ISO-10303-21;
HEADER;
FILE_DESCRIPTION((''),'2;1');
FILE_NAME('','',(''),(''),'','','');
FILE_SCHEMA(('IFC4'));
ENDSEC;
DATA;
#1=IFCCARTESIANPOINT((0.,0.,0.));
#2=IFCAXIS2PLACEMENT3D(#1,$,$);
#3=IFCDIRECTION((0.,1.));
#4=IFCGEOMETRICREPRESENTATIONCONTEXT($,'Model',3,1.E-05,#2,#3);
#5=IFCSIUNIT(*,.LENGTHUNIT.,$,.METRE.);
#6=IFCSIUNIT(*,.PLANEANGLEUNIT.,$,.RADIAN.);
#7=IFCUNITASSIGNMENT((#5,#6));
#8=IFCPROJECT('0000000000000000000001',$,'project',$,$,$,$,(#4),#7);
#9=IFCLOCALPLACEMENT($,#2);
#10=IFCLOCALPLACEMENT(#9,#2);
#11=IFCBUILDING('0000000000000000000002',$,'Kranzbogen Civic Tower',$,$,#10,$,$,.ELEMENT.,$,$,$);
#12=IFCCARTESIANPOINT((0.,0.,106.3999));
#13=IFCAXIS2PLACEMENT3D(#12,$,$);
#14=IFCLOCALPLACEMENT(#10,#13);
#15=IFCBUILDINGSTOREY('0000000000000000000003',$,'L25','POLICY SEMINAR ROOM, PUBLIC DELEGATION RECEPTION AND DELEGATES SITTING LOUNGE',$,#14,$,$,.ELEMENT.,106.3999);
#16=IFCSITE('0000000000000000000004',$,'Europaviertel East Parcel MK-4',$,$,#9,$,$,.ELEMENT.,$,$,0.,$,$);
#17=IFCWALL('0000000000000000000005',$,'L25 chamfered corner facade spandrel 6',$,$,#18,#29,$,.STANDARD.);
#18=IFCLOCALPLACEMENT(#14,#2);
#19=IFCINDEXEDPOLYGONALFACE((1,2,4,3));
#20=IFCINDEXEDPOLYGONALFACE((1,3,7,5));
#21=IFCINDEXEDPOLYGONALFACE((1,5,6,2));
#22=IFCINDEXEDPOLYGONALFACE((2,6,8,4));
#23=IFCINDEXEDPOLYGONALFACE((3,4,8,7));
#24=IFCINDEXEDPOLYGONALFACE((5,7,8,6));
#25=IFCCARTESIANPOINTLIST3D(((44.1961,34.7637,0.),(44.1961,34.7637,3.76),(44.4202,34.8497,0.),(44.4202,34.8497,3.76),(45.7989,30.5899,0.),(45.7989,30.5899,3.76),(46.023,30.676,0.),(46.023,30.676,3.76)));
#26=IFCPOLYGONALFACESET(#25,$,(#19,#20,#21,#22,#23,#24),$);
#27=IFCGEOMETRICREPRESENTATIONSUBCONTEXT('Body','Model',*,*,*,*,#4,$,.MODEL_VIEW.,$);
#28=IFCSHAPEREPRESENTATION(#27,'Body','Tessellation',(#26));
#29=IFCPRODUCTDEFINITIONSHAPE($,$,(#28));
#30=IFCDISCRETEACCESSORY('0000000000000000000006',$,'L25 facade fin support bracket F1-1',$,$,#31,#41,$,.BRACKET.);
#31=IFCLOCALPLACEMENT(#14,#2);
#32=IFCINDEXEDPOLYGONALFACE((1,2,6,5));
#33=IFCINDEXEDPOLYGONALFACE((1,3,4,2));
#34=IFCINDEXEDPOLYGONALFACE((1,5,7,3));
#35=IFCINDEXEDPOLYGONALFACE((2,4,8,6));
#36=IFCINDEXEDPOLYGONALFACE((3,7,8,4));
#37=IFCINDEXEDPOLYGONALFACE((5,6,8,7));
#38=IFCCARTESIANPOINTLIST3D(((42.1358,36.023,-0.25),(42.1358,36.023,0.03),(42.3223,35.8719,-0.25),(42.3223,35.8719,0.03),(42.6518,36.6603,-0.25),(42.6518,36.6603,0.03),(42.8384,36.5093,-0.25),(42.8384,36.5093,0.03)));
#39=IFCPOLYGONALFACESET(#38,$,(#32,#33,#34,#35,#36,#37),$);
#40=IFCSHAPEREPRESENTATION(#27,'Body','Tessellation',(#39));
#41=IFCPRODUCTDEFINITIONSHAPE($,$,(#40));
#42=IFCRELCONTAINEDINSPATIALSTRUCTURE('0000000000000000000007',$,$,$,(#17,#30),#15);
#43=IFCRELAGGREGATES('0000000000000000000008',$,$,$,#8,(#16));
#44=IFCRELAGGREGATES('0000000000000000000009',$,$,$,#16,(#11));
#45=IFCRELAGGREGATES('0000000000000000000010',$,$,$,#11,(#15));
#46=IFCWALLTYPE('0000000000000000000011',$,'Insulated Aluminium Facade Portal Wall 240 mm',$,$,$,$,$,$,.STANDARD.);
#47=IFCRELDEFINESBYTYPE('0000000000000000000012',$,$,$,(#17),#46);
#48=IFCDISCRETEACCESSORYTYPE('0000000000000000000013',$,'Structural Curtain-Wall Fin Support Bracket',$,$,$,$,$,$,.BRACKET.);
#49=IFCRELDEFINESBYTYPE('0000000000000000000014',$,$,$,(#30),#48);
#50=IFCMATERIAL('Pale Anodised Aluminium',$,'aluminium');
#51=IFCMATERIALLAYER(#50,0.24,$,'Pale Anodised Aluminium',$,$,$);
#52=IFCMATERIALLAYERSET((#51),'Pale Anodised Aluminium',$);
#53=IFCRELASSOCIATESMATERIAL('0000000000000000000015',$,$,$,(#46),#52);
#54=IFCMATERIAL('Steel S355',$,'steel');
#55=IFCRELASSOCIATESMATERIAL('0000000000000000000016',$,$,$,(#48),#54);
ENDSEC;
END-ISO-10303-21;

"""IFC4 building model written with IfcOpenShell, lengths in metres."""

from ifc_helpers import new_model, si_unit, direction, frame, frame_2d, origin, origin_2d, place, context, subcontext, project, spatial, rectangle, extrude, material, layer, layer_set, type_object, element, save


model = new_model("IFC4")

# Units and contexts
model_context = context("Model", 3, precision=1e-05, world=origin(), true_north=direction((0.0, 1.0)))
body_context = subcontext(model_context, "Body", "Model", "MODEL_VIEW")
ifc_project = project(units=[si_unit("LENGTHUNIT", "METRE"), si_unit("PLANEANGLEUNIT", "RADIAN")], contexts=[model_context])

# Site, building, storey
site_placement = place(None, origin())
site = spatial("IfcSite", under=ifc_project, at=site_placement, Name="Europaviertel East Parcel MK-4", CompositionType="ELEMENT", RefElevation=0.0)
building_placement = place(site_placement, origin())
building = spatial("IfcBuilding", under=site, at=building_placement, Name="Kranzbogen Civic Tower", CompositionType="ELEMENT")
storey_placement = place(building_placement, frame((0.0, 0.0, 106.3999)))
storey = spatial("IfcBuildingStorey", under=building, at=storey_placement, Name="L25", Description="POLICY SEMINAR ROOM, PUBLIC DELEGATION RECEPTION AND DELEGATES SITTING LOUNGE", CompositionType="ELEMENT", Elevation=106.3999)

# Shared definitions
ifc_material_1 = material(Name="Pale Anodised Aluminium", Category="aluminium")

# Shared definitions
ifc_material_2 = material(Name="Steel S355", Category="steel")

# Wall
ifc_layer_1 = layer(ifc_material_1, 0.24, Name="Pale Anodised Aluminium")
ifc_layer_set_1 = layer_set([ifc_layer_1], Name="Pale Anodised Aluminium")
wall_type_1 = type_object("IfcWallType", Name="Insulated Aluminium Facade Portal Wall 240 mm", PredefinedType="STANDARD", material=ifc_layer_set_1)
wall_1_placement = place(storey_placement, frame((45.9109, 30.6331, 0.0), z_axis=(0.0, 0.0, 1.0), x_axis=(-0.358485, 0.933535, 0.0)))
element("IfcWall", 1, at=wall_1_placement, inside=storey, type_object=wall_type_1, Name="L25 chamfered corner facade spandrel 6", PredefinedType="STANDARD", context=body_context, shape_type="SweptSolid", body=[
    extrude(rectangle(XDim=4.4709, YDim=0.24, at=frame_2d((2.2354, 0.0))), origin(), (0.0, 0.0, 1.0), 3.76),
])

# Discrete accessory
discrete_accessory_type = type_object("IfcDiscreteAccessoryType", Name="Structural Curtain-Wall Fin Support Bracket", PredefinedType="BRACKET", material=ifc_material_2)
discrete_accessory_placement = place(storey_placement, frame((42.4871, 36.2661, -0.25), z_axis=(0.0, 0.0, 1.0), x_axis=(0.62932, 0.777146, 0.0)))
element("IfcDiscreteAccessory", 2, at=discrete_accessory_placement, inside=storey, type_object=discrete_accessory_type, Name="L25 facade fin support bracket F1-1", PredefinedType="BRACKET", context=body_context, shape_type="SweptSolid", body=[
    extrude(rectangle(XDim=0.8201, YDim=0.24, at=origin_2d()), origin(), (0.0, 0.0, 1.0), 0.28),
])

save(model, "model.ifc")
